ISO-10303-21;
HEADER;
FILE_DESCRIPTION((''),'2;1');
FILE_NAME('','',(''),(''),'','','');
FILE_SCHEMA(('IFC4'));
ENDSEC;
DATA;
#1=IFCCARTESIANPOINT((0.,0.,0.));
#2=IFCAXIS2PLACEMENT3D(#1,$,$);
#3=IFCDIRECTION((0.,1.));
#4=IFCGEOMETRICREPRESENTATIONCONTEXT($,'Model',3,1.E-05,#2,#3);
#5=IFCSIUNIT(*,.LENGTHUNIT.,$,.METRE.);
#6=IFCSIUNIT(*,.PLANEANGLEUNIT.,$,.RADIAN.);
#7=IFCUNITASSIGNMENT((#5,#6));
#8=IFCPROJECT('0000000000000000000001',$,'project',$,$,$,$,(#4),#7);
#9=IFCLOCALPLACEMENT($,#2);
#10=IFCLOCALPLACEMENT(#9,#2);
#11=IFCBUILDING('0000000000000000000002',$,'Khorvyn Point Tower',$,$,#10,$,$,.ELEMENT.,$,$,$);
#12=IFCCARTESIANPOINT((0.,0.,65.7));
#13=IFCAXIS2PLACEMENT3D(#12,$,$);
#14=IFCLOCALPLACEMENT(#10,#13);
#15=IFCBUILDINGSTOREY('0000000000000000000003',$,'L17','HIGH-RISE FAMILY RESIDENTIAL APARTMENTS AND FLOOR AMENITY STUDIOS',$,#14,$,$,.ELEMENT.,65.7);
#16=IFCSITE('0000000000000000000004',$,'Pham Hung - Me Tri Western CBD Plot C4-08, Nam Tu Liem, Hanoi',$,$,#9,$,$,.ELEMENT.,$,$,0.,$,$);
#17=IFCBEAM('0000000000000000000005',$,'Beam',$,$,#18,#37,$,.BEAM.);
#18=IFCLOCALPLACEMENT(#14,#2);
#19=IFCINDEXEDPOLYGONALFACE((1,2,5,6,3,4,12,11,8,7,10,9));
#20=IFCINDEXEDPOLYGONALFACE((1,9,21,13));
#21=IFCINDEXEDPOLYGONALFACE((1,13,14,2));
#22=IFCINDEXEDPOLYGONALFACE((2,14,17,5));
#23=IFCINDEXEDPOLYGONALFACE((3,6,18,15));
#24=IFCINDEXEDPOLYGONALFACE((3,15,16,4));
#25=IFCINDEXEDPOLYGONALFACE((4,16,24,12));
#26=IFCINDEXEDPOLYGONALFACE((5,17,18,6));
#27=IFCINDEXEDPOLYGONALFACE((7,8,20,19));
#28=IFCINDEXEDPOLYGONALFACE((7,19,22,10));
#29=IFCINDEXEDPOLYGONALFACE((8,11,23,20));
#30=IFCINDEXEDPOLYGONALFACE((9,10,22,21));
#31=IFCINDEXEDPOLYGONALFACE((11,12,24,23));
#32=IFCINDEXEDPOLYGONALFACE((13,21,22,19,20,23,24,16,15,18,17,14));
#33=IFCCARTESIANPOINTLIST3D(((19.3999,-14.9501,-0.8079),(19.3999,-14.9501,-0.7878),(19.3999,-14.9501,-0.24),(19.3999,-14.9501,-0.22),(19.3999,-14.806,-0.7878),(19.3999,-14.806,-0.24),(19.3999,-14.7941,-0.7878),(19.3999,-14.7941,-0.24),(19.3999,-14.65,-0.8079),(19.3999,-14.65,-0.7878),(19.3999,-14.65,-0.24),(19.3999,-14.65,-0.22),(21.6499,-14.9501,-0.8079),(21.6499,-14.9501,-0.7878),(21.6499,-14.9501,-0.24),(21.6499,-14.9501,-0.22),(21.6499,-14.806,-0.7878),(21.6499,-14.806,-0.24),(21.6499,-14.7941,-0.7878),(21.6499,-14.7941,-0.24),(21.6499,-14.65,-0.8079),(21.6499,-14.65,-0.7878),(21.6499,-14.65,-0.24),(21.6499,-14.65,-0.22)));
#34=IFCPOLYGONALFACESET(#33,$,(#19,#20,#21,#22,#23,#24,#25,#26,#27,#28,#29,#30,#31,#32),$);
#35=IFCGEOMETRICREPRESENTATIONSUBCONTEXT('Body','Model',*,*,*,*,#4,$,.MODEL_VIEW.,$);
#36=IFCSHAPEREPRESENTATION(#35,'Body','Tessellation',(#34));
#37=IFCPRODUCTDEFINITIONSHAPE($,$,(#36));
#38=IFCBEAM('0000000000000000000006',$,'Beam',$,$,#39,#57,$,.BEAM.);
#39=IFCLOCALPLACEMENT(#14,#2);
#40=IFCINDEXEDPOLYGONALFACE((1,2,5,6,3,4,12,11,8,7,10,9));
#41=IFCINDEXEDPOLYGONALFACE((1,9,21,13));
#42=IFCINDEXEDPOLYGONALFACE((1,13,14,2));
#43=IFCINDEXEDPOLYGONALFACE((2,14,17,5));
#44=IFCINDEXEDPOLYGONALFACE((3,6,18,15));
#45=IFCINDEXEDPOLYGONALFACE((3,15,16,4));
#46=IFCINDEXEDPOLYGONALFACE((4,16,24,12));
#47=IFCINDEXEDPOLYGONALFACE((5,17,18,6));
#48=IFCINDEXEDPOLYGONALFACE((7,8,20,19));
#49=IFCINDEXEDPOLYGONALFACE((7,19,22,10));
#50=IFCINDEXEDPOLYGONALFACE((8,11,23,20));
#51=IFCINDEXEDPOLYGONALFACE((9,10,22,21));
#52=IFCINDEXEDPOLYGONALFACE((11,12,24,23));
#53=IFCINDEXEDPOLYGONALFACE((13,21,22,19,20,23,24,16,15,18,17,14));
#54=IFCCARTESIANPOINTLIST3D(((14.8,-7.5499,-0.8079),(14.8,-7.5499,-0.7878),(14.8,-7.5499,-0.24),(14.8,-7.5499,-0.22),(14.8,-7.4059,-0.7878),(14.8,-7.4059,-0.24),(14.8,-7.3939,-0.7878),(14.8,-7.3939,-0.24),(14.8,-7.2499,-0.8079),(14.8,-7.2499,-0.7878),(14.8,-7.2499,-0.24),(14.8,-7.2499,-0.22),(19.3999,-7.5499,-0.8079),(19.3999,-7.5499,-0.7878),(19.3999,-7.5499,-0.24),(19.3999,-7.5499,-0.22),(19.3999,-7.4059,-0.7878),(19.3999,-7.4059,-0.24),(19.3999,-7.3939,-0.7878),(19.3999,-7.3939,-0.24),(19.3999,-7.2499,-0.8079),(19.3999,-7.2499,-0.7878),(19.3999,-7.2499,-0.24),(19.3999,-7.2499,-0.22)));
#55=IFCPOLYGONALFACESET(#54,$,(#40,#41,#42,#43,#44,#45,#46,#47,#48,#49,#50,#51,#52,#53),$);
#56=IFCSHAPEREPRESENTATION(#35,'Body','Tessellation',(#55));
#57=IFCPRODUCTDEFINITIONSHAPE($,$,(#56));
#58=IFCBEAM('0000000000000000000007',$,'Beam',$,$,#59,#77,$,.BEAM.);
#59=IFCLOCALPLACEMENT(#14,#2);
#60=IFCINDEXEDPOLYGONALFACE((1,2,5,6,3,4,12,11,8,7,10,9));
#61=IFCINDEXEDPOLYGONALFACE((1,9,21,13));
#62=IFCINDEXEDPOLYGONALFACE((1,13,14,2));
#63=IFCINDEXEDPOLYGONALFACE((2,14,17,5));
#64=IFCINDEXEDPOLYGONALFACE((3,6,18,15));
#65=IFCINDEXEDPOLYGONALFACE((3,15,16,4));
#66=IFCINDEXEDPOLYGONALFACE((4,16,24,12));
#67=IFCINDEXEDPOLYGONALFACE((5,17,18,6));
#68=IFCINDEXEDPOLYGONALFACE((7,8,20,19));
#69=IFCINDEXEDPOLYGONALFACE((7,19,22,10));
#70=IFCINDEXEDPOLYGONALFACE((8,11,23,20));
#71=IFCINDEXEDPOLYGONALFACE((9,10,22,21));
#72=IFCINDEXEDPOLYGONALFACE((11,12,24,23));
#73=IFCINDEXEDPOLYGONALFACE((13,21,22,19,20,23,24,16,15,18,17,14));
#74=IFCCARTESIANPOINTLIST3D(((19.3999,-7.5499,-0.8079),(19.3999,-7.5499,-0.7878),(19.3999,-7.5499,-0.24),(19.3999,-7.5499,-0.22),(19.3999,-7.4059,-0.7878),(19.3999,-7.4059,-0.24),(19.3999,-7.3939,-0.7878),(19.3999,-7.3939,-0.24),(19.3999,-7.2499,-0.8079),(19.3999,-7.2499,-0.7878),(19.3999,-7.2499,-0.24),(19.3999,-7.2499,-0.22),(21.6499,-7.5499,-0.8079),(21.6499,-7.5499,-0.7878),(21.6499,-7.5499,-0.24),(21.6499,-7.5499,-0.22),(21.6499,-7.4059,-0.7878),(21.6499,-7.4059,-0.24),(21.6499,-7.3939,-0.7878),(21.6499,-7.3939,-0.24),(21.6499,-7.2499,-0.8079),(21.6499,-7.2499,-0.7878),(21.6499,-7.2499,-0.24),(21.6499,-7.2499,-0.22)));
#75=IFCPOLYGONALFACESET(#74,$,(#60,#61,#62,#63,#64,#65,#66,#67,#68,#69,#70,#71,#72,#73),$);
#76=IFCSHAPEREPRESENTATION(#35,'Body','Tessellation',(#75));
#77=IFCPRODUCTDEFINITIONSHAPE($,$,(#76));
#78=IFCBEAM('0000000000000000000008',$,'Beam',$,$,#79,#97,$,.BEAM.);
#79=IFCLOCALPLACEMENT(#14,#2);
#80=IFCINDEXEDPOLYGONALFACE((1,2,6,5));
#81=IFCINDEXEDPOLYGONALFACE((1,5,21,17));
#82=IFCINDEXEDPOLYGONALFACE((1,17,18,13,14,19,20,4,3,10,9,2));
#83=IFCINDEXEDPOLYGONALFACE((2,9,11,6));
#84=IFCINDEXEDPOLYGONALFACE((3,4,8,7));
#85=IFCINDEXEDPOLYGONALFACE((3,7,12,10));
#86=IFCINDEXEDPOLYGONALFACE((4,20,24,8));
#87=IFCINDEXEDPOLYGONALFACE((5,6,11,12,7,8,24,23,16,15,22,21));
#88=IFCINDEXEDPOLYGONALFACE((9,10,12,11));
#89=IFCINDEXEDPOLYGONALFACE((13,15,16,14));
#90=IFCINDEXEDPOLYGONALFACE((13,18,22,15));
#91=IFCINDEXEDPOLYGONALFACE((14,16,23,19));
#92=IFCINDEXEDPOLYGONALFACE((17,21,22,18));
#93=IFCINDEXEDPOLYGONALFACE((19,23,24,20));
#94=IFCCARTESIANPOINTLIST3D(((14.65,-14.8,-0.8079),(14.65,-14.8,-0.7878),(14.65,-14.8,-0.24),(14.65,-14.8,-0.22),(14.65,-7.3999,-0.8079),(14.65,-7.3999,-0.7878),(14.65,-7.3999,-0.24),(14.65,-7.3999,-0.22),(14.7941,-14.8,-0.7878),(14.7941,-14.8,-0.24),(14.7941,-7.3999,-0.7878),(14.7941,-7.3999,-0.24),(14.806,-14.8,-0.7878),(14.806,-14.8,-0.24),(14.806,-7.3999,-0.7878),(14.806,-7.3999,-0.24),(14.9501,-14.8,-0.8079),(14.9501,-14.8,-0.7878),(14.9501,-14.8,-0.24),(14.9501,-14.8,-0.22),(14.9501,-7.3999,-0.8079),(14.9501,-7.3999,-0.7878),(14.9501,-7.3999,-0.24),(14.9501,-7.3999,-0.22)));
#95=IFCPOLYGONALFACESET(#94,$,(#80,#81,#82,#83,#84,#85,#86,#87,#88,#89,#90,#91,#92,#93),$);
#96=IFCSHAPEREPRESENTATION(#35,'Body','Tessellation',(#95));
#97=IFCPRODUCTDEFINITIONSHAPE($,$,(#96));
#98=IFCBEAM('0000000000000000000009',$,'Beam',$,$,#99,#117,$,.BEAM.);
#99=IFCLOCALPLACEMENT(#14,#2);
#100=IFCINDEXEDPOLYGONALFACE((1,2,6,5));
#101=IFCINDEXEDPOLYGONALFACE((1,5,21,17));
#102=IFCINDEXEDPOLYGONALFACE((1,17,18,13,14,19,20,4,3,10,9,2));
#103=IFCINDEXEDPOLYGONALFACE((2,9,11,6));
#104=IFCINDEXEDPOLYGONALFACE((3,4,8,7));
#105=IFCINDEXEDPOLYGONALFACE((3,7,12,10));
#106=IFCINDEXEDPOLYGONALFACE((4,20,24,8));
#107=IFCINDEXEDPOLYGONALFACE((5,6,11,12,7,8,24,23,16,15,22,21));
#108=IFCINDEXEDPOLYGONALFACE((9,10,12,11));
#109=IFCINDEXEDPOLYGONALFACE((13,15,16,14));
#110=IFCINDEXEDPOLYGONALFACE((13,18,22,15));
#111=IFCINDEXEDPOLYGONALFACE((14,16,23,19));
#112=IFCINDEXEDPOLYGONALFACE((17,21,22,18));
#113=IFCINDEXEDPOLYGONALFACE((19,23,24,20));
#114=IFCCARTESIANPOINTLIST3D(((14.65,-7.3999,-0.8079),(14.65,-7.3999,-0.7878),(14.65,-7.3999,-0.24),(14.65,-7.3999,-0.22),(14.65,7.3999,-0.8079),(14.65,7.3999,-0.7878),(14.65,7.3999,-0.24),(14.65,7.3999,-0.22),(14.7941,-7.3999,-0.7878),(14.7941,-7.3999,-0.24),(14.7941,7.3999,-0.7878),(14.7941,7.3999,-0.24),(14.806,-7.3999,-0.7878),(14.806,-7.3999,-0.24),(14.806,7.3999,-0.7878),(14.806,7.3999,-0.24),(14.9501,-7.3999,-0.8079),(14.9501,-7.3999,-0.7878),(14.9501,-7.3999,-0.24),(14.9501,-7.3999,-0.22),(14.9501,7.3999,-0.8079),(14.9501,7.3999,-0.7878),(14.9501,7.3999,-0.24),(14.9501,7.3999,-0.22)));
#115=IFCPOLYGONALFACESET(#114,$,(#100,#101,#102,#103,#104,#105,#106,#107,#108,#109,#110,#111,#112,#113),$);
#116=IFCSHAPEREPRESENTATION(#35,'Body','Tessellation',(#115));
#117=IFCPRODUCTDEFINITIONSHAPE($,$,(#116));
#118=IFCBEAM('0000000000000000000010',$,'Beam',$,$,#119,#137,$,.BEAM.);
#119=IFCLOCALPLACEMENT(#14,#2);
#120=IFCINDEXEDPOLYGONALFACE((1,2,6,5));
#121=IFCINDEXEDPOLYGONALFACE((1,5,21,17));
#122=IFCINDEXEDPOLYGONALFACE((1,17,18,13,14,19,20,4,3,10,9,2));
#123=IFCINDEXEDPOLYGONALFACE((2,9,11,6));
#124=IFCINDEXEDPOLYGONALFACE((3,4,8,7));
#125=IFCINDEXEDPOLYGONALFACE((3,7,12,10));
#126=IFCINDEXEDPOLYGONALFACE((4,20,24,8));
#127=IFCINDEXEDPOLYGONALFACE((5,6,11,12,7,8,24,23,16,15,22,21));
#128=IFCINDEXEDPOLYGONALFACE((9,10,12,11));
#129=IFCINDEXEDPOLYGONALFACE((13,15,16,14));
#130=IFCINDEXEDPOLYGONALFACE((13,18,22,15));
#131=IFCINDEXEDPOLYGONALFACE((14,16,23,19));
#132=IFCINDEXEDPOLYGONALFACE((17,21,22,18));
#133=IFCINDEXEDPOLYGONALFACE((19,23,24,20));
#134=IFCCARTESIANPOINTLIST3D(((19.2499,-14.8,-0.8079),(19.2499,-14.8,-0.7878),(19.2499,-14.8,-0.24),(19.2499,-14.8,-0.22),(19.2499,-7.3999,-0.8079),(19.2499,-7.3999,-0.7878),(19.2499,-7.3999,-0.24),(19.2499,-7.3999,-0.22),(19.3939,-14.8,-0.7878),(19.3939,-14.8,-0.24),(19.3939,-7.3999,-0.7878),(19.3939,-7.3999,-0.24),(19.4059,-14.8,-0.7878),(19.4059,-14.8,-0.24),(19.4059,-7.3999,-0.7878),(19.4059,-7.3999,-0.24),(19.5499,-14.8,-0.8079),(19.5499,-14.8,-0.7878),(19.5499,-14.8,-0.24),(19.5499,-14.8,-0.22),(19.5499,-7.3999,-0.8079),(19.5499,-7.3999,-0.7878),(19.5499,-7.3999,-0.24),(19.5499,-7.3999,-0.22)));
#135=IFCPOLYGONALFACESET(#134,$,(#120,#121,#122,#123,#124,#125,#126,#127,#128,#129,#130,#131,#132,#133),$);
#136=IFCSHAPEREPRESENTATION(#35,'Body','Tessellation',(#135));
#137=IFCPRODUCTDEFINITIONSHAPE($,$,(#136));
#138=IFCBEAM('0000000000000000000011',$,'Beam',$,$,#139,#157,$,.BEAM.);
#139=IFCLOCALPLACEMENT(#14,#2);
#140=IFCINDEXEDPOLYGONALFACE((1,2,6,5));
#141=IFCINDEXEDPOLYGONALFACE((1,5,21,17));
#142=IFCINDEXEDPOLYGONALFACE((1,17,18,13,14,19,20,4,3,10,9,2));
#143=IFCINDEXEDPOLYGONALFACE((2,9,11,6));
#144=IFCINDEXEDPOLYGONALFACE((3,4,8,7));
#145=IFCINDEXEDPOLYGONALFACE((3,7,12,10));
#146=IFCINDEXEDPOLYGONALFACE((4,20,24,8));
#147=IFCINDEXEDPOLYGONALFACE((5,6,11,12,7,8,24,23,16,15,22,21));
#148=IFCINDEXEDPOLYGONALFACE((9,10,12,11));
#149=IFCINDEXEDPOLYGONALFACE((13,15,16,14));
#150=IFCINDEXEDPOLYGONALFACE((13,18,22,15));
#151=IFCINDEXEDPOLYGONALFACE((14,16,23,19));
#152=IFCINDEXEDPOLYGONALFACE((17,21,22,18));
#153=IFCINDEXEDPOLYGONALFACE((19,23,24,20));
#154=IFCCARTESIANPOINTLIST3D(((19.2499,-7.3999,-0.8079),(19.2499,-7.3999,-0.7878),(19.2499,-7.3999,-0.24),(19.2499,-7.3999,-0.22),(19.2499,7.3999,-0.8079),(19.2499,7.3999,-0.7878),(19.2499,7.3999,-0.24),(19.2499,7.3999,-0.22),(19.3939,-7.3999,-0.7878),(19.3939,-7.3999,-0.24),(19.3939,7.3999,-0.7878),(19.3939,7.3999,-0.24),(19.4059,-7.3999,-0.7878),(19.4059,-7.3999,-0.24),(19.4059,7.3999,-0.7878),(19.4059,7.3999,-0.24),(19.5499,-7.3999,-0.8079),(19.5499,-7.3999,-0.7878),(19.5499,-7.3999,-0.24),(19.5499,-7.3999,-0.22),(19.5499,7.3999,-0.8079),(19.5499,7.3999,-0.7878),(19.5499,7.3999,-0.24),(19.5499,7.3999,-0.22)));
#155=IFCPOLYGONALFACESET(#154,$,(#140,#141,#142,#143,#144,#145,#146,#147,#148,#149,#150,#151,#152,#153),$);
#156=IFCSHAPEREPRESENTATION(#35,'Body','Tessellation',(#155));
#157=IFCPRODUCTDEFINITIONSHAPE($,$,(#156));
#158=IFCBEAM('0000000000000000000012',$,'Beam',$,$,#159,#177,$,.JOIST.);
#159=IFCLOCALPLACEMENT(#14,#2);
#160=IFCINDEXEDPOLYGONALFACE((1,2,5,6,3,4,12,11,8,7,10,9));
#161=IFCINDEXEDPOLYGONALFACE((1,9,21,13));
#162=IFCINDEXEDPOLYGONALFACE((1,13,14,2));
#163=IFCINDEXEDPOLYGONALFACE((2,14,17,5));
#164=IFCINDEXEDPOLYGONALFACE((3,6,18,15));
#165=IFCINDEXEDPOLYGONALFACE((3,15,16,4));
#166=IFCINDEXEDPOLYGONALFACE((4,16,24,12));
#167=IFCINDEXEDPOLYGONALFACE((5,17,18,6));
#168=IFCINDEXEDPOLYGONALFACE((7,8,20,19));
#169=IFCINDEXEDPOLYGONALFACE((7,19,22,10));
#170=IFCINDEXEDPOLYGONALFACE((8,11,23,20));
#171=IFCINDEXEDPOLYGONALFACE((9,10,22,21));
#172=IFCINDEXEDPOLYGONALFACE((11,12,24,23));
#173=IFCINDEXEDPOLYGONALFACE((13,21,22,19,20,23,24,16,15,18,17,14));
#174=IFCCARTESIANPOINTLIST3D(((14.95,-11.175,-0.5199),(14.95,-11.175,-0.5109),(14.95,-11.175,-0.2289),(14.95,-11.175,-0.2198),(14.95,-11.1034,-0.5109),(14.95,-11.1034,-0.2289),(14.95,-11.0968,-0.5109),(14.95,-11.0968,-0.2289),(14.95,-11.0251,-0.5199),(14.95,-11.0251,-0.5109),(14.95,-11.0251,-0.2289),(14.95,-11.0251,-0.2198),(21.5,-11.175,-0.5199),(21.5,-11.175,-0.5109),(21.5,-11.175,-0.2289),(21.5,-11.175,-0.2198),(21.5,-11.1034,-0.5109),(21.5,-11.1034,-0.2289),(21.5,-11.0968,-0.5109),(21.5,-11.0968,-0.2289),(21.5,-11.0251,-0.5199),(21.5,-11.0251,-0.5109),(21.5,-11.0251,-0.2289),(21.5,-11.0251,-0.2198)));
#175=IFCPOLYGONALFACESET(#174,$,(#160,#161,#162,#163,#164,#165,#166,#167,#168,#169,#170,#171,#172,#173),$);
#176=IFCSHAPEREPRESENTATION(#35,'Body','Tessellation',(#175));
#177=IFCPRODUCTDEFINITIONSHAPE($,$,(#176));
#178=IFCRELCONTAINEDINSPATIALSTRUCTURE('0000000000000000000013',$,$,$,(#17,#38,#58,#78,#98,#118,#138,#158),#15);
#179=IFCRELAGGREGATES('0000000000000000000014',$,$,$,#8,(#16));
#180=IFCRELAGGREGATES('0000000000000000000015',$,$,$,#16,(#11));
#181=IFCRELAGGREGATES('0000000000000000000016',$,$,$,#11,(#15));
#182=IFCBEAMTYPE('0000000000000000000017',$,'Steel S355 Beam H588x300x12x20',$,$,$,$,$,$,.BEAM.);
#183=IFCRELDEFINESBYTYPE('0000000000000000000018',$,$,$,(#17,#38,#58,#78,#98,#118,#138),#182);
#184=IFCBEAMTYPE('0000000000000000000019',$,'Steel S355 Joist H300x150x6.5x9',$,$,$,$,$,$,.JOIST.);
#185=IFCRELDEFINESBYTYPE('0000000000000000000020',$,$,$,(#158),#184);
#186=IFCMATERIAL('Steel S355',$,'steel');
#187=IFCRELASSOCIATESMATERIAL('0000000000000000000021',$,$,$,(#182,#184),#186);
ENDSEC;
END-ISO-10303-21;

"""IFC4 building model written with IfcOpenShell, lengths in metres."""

from ifc_helpers import new_model, si_unit, direction, frame, origin, origin_2d, place, context, subcontext, project, spatial, i_section, extrude, material, material_profile, profile_set, type_object, element, save


model = new_model("IFC4")

# Units and contexts
model_context = context("Model", 3, precision=1e-05, world=origin(), true_north=direction((0.0, 1.0)))
body_context = subcontext(model_context, "Body", "Model", "MODEL_VIEW")
ifc_project = project(units=[si_unit("LENGTHUNIT", "METRE"), si_unit("PLANEANGLEUNIT", "RADIAN")], contexts=[model_context])

# Site, building, storey
site_placement = place(None, origin())
site = spatial("IfcSite", under=ifc_project, at=site_placement, Name="Pham Hung - Me Tri Western CBD Plot C4-08, Nam Tu Liem, Hanoi", CompositionType="ELEMENT", RefElevation=0.0)
building_placement = place(site_placement, origin())
building = spatial("IfcBuilding", under=site, at=building_placement, Name="Khorvyn Point Tower", CompositionType="ELEMENT")
storey_placement = place(building_placement, frame((0.0, 0.0, 65.7)))
storey = spatial("IfcBuildingStorey", under=building, at=storey_placement, Name="L17", Description="HIGH-RISE FAMILY RESIDENTIAL APARTMENTS AND FLOOR AMENITY STUDIOS", CompositionType="ELEMENT", Elevation=65.7)

# Beams
ifc_material_1 = material(Name="Steel S355", Category="steel")
ifc_material_profile_1 = material_profile(ifc_material_1, i_section(OverallWidth=0.3, OverallDepth=0.5879, WebThickness=0.012, FlangeThickness=0.02, at=origin_2d()))
ifc_profile_set_1 = profile_set([ifc_material_profile_1], Name="Steel S355 H588x300x12x20")
beam_type_1 = type_object("IfcBeamType", Name="Steel S355 Beam H588x300x12x20", PredefinedType="BEAM", material=ifc_profile_set_1)
beam_1_placement = place(storey_placement, frame((19.3999, -14.8, -0.5139), z_axis=(1.0, 0.0, 0.0), x_axis=(0.0, 1.0, 0.0)))
element("IfcBeam", 1, at=beam_1_placement, inside=storey, type_object=beam_type_1, Name="Beam", PredefinedType="BEAM", context=body_context, shape_type="SweptSolid", body=[
    extrude(i_section(OverallWidth=0.3, OverallDepth=0.5879, WebThickness=0.012, FlangeThickness=0.02, at=origin_2d()), origin(), (0.0, 0.0, 1.0), 2.25),
])
beam_2_placement = place(storey_placement, frame((14.8, -7.3999, -0.5139), z_axis=(1.0, 0.0, 0.0), x_axis=(0.0, 1.0, 0.0)))
element("IfcBeam", 2, at=beam_2_placement, inside=storey, type_object=beam_type_1, Name="Beam", PredefinedType="BEAM", context=body_context, shape_type="SweptSolid", body=[
    extrude(i_section(OverallWidth=0.3, OverallDepth=0.5879, WebThickness=0.012, FlangeThickness=0.02, at=origin_2d()), origin(), (0.0, 0.0, 1.0), 4.5999),
])
beam_3_placement = place(storey_placement, frame((19.3999, -7.3999, -0.5139), z_axis=(1.0, 0.0, 0.0), x_axis=(0.0, 1.0, 0.0)))
element("IfcBeam", 3, at=beam_3_placement, inside=storey, type_object=beam_type_1, Name="Beam", PredefinedType="BEAM", context=body_context, shape_type="SweptSolid", body=[
    extrude(i_section(OverallWidth=0.3, OverallDepth=0.5879, WebThickness=0.012, FlangeThickness=0.02, at=origin_2d()), origin(), (0.0, 0.0, 1.0), 2.25),
])
beam_4_placement = place(storey_placement, frame((14.8, -14.8, -0.5139), z_axis=(0.0, 1.0, 0.0), x_axis=(-1.0, 0.0, 0.0)))
element("IfcBeam", 4, at=beam_4_placement, inside=storey, type_object=beam_type_1, Name="Beam", PredefinedType="BEAM", context=body_context, shape_type="SweptSolid", body=[
    extrude(i_section(OverallWidth=0.3, OverallDepth=0.5879, WebThickness=0.012, FlangeThickness=0.02, at=origin_2d()), origin(), (0.0, 0.0, 1.0), 7.4001),
])
beam_5_placement = place(storey_placement, frame((14.8, -7.3999, -0.5139), z_axis=(0.0, 1.0, 0.0), x_axis=(-1.0, 0.0, 0.0)))
element("IfcBeam", 5, at=beam_5_placement, inside=storey, type_object=beam_type_1, Name="Beam", PredefinedType="BEAM", context=body_context, shape_type="SweptSolid", body=[
    extrude(i_section(OverallWidth=0.3, OverallDepth=0.5879, WebThickness=0.012, FlangeThickness=0.02, at=origin_2d()), origin(), (0.0, 0.0, 1.0), 14.7998),
])
beam_6_placement = place(storey_placement, frame((19.3999, -14.8, -0.5139), z_axis=(0.0, 1.0, 0.0), x_axis=(-1.0, 0.0, 0.0)))
element("IfcBeam", 6, at=beam_6_placement, inside=storey, type_object=beam_type_1, Name="Beam", PredefinedType="BEAM", context=body_context, shape_type="SweptSolid", body=[
    extrude(i_section(OverallWidth=0.3, OverallDepth=0.5879, WebThickness=0.012, FlangeThickness=0.02, at=origin_2d()), origin(), (0.0, 0.0, 1.0), 7.4001),
])
beam_7_placement = place(storey_placement, frame((19.3999, -7.3999, -0.5139), z_axis=(0.0, 1.0, 0.0), x_axis=(-1.0, 0.0, 0.0)))
element("IfcBeam", 7, at=beam_7_placement, inside=storey, type_object=beam_type_1, Name="Beam", PredefinedType="BEAM", context=body_context, shape_type="SweptSolid", body=[
    extrude(i_section(OverallWidth=0.3, OverallDepth=0.5879, WebThickness=0.012, FlangeThickness=0.02, at=origin_2d()), origin(), (0.0, 0.0, 1.0), 14.7998),
])
ifc_material_profile_2 = material_profile(ifc_material_1, i_section(OverallWidth=0.1499, OverallDepth=0.3, WebThickness=0.0066, FlangeThickness=0.009, at=origin_2d()))
ifc_profile_set_2 = profile_set([ifc_material_profile_2], Name="Steel S355 H300x150x6.5x9")
beam_type_2 = type_object("IfcBeamType", Name="Steel S355 Joist H300x150x6.5x9", PredefinedType="JOIST", material=ifc_profile_set_2)
beam_8_placement = place(storey_placement, frame((14.95, -11.1001, -0.3699), z_axis=(1.0, 0.0, 0.0), x_axis=(0.0, 1.0, 0.0)))
element("IfcBeam", 8, at=beam_8_placement, inside=storey, type_object=beam_type_2, Name="Beam", PredefinedType="JOIST", context=body_context, shape_type="SweptSolid", body=[
    extrude(i_section(OverallWidth=0.1499, OverallDepth=0.3, WebThickness=0.0066, FlangeThickness=0.009, at=origin_2d()), origin(), (0.0, 0.0, 1.0), 6.55),
])

save(model, "model.ifc")
